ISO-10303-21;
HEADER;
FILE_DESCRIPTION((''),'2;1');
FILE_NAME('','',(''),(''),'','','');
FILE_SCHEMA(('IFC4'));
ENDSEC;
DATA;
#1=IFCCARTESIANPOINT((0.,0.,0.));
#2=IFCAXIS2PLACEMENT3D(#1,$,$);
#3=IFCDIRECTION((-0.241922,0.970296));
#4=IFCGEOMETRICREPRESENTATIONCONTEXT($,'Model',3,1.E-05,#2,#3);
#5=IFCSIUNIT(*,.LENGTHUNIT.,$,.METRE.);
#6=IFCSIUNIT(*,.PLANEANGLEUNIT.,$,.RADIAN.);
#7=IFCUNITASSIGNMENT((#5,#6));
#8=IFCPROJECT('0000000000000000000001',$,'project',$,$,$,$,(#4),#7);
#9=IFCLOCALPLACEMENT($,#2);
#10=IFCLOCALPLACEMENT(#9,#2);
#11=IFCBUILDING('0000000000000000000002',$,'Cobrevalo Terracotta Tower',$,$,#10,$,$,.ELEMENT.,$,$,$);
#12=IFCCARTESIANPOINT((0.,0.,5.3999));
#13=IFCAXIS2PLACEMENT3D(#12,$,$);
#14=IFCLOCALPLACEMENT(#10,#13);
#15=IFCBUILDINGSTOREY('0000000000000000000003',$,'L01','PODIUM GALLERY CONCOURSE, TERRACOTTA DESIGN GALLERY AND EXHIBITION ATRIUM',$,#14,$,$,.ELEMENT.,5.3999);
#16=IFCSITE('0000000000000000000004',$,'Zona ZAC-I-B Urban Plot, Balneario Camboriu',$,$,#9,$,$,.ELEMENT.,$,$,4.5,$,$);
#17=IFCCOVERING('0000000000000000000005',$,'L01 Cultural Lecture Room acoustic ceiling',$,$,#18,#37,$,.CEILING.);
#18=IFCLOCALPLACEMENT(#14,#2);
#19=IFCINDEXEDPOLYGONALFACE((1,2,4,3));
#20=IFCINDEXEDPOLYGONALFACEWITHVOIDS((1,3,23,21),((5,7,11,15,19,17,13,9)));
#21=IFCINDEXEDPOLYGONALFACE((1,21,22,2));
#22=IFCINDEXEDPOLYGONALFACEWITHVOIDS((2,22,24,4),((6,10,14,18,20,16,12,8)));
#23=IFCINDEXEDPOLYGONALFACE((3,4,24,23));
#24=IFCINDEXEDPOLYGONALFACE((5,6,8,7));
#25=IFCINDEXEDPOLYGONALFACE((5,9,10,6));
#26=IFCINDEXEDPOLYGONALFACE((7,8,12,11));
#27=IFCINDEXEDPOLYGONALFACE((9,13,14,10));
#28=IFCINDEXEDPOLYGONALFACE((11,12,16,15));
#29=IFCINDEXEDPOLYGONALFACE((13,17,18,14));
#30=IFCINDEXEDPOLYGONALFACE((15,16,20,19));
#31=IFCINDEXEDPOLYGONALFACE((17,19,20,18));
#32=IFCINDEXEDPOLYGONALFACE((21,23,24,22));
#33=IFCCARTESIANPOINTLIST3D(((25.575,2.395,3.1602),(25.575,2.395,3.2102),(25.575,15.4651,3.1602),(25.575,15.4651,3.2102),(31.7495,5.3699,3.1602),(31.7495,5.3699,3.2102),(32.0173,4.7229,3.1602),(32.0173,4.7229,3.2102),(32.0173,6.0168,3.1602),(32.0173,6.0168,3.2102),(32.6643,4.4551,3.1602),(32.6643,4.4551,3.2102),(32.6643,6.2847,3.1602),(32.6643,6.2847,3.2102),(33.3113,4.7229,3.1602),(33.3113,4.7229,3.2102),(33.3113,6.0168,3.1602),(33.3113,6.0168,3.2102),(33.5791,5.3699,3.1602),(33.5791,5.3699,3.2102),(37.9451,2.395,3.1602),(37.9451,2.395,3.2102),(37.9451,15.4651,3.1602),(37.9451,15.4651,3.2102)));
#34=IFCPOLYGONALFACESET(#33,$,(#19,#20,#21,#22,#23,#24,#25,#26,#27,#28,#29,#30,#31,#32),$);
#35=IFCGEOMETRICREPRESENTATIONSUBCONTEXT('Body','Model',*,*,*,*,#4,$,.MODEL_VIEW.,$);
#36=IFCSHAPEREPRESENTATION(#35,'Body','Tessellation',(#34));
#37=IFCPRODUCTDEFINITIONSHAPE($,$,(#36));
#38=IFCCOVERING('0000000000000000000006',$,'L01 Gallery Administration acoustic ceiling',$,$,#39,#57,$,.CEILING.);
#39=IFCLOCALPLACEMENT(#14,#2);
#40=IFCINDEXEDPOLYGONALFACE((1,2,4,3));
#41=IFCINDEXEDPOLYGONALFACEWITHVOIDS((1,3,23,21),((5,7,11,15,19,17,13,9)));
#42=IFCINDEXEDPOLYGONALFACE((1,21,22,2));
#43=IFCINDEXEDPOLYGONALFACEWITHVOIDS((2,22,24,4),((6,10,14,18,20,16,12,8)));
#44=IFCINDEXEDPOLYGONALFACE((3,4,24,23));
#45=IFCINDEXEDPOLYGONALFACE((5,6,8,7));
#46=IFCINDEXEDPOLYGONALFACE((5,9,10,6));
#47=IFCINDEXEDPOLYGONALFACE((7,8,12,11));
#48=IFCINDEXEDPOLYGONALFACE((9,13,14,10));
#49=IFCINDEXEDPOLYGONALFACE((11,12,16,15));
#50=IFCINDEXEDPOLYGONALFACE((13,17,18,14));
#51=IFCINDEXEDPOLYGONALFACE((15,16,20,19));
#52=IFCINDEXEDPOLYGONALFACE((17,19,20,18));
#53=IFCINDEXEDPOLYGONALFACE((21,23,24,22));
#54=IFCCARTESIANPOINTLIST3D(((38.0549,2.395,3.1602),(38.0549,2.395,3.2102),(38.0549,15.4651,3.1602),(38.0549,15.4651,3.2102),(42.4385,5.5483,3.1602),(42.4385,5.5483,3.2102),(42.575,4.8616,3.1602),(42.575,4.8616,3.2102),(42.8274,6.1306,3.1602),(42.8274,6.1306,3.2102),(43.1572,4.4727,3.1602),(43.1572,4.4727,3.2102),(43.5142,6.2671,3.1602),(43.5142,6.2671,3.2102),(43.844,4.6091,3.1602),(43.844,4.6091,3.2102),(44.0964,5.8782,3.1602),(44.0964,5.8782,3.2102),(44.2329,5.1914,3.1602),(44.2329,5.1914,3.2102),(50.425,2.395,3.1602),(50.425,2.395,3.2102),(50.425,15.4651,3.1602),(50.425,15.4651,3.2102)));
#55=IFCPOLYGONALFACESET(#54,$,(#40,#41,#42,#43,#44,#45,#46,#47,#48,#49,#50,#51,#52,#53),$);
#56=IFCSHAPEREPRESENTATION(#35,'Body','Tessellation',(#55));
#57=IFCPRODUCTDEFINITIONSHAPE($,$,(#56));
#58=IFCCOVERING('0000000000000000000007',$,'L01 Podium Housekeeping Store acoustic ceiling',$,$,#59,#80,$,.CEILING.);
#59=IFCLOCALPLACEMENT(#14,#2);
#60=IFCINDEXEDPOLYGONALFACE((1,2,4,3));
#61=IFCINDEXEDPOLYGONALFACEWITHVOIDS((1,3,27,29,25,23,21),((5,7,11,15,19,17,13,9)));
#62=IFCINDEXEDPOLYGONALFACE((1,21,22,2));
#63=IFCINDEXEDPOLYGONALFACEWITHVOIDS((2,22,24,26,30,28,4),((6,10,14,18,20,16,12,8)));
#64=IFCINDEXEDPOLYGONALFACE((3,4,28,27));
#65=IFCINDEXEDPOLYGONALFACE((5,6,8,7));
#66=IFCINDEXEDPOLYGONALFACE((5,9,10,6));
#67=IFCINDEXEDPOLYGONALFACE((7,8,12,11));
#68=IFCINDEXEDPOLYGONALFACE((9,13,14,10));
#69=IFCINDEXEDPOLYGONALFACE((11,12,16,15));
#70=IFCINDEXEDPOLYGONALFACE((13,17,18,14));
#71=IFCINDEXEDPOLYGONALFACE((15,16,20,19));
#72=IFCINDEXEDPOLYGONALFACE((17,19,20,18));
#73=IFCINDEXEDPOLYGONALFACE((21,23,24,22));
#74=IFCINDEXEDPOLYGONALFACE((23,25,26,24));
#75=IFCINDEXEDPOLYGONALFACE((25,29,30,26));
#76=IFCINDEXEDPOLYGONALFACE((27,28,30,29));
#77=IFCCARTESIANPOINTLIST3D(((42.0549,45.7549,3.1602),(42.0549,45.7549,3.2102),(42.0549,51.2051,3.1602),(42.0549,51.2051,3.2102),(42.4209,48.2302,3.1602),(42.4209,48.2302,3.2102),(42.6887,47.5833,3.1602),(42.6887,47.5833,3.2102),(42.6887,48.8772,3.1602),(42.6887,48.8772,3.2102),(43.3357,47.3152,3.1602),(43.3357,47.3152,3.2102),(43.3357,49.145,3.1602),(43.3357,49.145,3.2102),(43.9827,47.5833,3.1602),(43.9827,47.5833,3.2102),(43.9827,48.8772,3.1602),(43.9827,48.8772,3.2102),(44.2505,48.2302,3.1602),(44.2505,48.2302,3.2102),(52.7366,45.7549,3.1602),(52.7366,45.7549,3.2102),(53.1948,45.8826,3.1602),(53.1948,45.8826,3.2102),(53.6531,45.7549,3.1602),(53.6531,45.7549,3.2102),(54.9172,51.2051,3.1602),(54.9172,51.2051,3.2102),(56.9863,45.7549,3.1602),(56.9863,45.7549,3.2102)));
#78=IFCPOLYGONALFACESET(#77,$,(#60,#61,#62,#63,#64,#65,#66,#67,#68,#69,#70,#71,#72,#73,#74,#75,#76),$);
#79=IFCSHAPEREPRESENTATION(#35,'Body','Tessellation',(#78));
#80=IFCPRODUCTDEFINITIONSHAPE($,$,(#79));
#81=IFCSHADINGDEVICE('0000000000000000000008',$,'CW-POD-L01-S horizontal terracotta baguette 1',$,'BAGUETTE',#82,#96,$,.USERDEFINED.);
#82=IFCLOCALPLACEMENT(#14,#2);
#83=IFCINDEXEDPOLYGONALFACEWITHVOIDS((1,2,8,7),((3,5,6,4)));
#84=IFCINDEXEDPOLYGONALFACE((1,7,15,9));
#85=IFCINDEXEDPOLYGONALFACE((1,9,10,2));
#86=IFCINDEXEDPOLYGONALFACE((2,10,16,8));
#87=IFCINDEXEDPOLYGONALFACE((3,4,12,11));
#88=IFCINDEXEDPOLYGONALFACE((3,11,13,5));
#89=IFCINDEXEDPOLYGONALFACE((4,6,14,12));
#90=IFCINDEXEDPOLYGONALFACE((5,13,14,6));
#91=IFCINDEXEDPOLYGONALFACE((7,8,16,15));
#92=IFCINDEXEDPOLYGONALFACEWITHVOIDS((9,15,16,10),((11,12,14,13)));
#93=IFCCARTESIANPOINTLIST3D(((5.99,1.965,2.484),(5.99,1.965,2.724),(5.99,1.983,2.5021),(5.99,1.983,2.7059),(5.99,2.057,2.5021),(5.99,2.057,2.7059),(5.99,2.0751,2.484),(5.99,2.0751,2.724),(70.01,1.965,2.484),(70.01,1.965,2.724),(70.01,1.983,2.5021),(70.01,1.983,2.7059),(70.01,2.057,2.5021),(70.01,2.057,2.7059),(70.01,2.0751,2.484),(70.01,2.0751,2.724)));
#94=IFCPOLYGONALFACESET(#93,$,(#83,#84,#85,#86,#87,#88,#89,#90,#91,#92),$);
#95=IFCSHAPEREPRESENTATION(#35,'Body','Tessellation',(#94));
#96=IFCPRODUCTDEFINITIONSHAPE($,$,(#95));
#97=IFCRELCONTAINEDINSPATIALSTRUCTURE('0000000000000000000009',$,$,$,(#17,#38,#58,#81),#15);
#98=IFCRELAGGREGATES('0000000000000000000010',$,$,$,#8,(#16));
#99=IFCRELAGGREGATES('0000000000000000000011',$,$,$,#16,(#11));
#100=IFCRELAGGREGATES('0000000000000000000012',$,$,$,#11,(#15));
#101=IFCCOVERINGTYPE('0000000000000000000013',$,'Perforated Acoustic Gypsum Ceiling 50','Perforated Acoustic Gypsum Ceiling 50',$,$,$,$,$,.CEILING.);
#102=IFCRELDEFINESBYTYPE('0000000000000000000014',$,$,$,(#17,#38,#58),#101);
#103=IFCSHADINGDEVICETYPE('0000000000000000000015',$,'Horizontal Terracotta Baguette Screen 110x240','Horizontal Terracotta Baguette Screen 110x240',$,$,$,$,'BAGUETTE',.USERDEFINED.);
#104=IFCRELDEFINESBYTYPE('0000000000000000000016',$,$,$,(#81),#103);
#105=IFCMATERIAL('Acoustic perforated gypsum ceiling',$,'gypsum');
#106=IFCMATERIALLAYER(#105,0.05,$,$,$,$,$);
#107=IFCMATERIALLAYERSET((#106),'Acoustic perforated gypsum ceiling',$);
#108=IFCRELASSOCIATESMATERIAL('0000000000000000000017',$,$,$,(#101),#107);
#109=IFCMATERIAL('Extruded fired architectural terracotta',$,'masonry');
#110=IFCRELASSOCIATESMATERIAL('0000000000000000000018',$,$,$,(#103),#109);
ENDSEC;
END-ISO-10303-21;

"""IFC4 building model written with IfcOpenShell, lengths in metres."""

from ifc_helpers import new_model, si_unit, direction, frame, origin, origin_2d, place, context, subcontext, project, spatial, polyline, hollow_rectangle, outline, extrude, source, transform, mapped, material, layer, layer_set, material_profile, profile_set, type_object, element, save


model = new_model("IFC4")

# Units and contexts
model_context = context("Model", 3, precision=1e-05, world=origin(), true_north=direction((-0.241922, 0.970296)))
body_context = subcontext(model_context, "Body", "Model", "MODEL_VIEW")
ifc_project = project(units=[si_unit("LENGTHUNIT", "METRE"), si_unit("PLANEANGLEUNIT", "RADIAN")], contexts=[model_context])

# Site, building, storey
site_placement = place(None, origin())
site = spatial("IfcSite", under=ifc_project, at=site_placement, Name="Zona ZAC-I-B Urban Plot, Balneario Camboriu", CompositionType="ELEMENT", RefElevation=4.5)
building_placement = place(site_placement, origin())
building = spatial("IfcBuilding", under=site, at=building_placement, Name="Cobrevalo Terracotta Tower", CompositionType="ELEMENT")
storey_placement = place(building_placement, frame((0.0, 0.0, 5.3999)))
storey = spatial("IfcBuildingStorey", under=building, at=storey_placement, Name="L01", Description="PODIUM GALLERY CONCOURSE, TERRACOTTA DESIGN GALLERY AND EXHIBITION ATRIUM", CompositionType="ELEMENT", Elevation=5.3999)

# Coverings
ifc_material_1 = material(Name="Acoustic perforated gypsum ceiling", Category="gypsum")
ifc_layer_1 = layer(ifc_material_1, 0.05)
ifc_layer_set_1 = layer_set([ifc_layer_1], Name="Acoustic perforated gypsum ceiling")
covering_type_1 = type_object("IfcCoveringType", Name="Perforated Acoustic Gypsum Ceiling 50", Description="Perforated Acoustic Gypsum Ceiling 50", PredefinedType="CEILING", material=ifc_layer_set_1)
covering_1_placement = place(storey_placement, frame((0.0, 0.0, 3.1602)))
element("IfcCovering", 1, at=covering_1_placement, inside=storey, type_object=covering_type_1, Name="L01 Cultural Lecture Room acoustic ceiling", PredefinedType="CEILING", context=body_context, shape_type="SweptSolid", body=[
    extrude(outline(polyline([(25.575, 15.4651), (37.9451, 15.4651), (37.9451, 2.395), (25.575, 2.395), (25.575, 15.4651)]), holes=[polyline([(33.3113, 4.7229), (33.5791, 5.3699), (33.3113, 6.0168), (32.6643, 6.2847), (32.0173, 6.0168), (31.7495, 5.3699), (32.0173, 4.7229), (32.6643, 4.4551), (33.3113, 4.7229)])]), origin(), (0.0, 0.0, 1.0), 0.05),
])
covering_2_placement = place(storey_placement, frame((0.0, 0.0, 3.1602)))
element("IfcCovering", 2, at=covering_2_placement, inside=storey, type_object=covering_type_1, Name="L01 Gallery Administration acoustic ceiling", PredefinedType="CEILING", context=body_context, shape_type="SweptSolid", body=[
    extrude(outline(polyline([(38.0549, 15.4651), (50.425, 15.4651), (50.425, 2.395), (38.0549, 2.395), (38.0549, 15.4651)]), holes=[polyline([(43.844, 4.6091), (44.2329, 5.1914), (44.0964, 5.8782), (43.5142, 6.2671), (42.8274, 6.1306), (42.4385, 5.5483), (42.575, 4.8616), (43.1572, 4.4727), (43.844, 4.6091)])]), origin(), (0.0, 0.0, 1.0), 0.05),
])
covering_3_placement = place(storey_placement, frame((0.0, 0.0, 3.1602)))
element("IfcCovering", 3, at=covering_3_placement, inside=storey, type_object=covering_type_1, Name="L01 Podium Housekeeping Store acoustic ceiling", PredefinedType="CEILING", context=body_context, shape_type="SweptSolid", body=[
    extrude(outline(polyline([(56.9863, 45.7549), (53.6531, 45.7549), (53.1948, 45.8826), (52.7366, 45.7549), (42.0549, 45.7549), (42.0549, 51.2051), (54.9172, 51.2051), (56.9863, 45.7549)]), holes=[polyline([(43.9827, 47.5833), (44.2505, 48.2302), (43.9827, 48.8772), (43.3357, 49.145), (42.6887, 48.8772), (42.4209, 48.2302), (42.6887, 47.5833), (43.3357, 47.3152), (43.9827, 47.5833)])]), origin(), (0.0, 0.0, 1.0), 0.05),
])

# Shading device
ifc_material_2 = material(Name="Extruded fired architectural terracotta", Category="masonry")
ifc_material_profile_1 = material_profile(ifc_material_2, hollow_rectangle(XDim=0.1101, YDim=0.24, WallThickness=0.0181, at=origin_2d()), Name="BAGUETTE 110x240")
ifc_profile_set_1 = profile_set([ifc_material_profile_1], Name="Extruded fired architectural terracotta")
shading_device_type = type_object("IfcShadingDeviceType", Name="Horizontal Terracotta Baguette Screen 110x240", Description="Horizontal Terracotta Baguette Screen 110x240", ElementType="BAGUETTE", PredefinedType="USERDEFINED", material=ifc_profile_set_1)
shared_shape = source(origin(), body_context, "Body", "SweptSolid", [
    extrude(hollow_rectangle(XDim=0.1101, YDim=0.24, WallThickness=0.0181, at=origin_2d()), origin(), (0.0, 0.0, 1.0), 64.02),
])
shading_device_placement = place(storey_placement, frame((5.99, 2.02, 2.604), z_axis=(1.0, 0.0, 0.0), x_axis=(0.0, 1.0, 0.0)))
element("IfcShadingDevice", 4, at=shading_device_placement, inside=storey, type_object=shading_device_type, Name="CW-POD-L01-S horizontal terracotta baguette 1", ObjectType="BAGUETTE", PredefinedType="USERDEFINED", context=body_context, shape_type="MappedRepresentation", body=[
    mapped(shared_shape, transform((0.0, 0.0, 0.0), scale=1.0)),
])

save(model, "model.ifc")
